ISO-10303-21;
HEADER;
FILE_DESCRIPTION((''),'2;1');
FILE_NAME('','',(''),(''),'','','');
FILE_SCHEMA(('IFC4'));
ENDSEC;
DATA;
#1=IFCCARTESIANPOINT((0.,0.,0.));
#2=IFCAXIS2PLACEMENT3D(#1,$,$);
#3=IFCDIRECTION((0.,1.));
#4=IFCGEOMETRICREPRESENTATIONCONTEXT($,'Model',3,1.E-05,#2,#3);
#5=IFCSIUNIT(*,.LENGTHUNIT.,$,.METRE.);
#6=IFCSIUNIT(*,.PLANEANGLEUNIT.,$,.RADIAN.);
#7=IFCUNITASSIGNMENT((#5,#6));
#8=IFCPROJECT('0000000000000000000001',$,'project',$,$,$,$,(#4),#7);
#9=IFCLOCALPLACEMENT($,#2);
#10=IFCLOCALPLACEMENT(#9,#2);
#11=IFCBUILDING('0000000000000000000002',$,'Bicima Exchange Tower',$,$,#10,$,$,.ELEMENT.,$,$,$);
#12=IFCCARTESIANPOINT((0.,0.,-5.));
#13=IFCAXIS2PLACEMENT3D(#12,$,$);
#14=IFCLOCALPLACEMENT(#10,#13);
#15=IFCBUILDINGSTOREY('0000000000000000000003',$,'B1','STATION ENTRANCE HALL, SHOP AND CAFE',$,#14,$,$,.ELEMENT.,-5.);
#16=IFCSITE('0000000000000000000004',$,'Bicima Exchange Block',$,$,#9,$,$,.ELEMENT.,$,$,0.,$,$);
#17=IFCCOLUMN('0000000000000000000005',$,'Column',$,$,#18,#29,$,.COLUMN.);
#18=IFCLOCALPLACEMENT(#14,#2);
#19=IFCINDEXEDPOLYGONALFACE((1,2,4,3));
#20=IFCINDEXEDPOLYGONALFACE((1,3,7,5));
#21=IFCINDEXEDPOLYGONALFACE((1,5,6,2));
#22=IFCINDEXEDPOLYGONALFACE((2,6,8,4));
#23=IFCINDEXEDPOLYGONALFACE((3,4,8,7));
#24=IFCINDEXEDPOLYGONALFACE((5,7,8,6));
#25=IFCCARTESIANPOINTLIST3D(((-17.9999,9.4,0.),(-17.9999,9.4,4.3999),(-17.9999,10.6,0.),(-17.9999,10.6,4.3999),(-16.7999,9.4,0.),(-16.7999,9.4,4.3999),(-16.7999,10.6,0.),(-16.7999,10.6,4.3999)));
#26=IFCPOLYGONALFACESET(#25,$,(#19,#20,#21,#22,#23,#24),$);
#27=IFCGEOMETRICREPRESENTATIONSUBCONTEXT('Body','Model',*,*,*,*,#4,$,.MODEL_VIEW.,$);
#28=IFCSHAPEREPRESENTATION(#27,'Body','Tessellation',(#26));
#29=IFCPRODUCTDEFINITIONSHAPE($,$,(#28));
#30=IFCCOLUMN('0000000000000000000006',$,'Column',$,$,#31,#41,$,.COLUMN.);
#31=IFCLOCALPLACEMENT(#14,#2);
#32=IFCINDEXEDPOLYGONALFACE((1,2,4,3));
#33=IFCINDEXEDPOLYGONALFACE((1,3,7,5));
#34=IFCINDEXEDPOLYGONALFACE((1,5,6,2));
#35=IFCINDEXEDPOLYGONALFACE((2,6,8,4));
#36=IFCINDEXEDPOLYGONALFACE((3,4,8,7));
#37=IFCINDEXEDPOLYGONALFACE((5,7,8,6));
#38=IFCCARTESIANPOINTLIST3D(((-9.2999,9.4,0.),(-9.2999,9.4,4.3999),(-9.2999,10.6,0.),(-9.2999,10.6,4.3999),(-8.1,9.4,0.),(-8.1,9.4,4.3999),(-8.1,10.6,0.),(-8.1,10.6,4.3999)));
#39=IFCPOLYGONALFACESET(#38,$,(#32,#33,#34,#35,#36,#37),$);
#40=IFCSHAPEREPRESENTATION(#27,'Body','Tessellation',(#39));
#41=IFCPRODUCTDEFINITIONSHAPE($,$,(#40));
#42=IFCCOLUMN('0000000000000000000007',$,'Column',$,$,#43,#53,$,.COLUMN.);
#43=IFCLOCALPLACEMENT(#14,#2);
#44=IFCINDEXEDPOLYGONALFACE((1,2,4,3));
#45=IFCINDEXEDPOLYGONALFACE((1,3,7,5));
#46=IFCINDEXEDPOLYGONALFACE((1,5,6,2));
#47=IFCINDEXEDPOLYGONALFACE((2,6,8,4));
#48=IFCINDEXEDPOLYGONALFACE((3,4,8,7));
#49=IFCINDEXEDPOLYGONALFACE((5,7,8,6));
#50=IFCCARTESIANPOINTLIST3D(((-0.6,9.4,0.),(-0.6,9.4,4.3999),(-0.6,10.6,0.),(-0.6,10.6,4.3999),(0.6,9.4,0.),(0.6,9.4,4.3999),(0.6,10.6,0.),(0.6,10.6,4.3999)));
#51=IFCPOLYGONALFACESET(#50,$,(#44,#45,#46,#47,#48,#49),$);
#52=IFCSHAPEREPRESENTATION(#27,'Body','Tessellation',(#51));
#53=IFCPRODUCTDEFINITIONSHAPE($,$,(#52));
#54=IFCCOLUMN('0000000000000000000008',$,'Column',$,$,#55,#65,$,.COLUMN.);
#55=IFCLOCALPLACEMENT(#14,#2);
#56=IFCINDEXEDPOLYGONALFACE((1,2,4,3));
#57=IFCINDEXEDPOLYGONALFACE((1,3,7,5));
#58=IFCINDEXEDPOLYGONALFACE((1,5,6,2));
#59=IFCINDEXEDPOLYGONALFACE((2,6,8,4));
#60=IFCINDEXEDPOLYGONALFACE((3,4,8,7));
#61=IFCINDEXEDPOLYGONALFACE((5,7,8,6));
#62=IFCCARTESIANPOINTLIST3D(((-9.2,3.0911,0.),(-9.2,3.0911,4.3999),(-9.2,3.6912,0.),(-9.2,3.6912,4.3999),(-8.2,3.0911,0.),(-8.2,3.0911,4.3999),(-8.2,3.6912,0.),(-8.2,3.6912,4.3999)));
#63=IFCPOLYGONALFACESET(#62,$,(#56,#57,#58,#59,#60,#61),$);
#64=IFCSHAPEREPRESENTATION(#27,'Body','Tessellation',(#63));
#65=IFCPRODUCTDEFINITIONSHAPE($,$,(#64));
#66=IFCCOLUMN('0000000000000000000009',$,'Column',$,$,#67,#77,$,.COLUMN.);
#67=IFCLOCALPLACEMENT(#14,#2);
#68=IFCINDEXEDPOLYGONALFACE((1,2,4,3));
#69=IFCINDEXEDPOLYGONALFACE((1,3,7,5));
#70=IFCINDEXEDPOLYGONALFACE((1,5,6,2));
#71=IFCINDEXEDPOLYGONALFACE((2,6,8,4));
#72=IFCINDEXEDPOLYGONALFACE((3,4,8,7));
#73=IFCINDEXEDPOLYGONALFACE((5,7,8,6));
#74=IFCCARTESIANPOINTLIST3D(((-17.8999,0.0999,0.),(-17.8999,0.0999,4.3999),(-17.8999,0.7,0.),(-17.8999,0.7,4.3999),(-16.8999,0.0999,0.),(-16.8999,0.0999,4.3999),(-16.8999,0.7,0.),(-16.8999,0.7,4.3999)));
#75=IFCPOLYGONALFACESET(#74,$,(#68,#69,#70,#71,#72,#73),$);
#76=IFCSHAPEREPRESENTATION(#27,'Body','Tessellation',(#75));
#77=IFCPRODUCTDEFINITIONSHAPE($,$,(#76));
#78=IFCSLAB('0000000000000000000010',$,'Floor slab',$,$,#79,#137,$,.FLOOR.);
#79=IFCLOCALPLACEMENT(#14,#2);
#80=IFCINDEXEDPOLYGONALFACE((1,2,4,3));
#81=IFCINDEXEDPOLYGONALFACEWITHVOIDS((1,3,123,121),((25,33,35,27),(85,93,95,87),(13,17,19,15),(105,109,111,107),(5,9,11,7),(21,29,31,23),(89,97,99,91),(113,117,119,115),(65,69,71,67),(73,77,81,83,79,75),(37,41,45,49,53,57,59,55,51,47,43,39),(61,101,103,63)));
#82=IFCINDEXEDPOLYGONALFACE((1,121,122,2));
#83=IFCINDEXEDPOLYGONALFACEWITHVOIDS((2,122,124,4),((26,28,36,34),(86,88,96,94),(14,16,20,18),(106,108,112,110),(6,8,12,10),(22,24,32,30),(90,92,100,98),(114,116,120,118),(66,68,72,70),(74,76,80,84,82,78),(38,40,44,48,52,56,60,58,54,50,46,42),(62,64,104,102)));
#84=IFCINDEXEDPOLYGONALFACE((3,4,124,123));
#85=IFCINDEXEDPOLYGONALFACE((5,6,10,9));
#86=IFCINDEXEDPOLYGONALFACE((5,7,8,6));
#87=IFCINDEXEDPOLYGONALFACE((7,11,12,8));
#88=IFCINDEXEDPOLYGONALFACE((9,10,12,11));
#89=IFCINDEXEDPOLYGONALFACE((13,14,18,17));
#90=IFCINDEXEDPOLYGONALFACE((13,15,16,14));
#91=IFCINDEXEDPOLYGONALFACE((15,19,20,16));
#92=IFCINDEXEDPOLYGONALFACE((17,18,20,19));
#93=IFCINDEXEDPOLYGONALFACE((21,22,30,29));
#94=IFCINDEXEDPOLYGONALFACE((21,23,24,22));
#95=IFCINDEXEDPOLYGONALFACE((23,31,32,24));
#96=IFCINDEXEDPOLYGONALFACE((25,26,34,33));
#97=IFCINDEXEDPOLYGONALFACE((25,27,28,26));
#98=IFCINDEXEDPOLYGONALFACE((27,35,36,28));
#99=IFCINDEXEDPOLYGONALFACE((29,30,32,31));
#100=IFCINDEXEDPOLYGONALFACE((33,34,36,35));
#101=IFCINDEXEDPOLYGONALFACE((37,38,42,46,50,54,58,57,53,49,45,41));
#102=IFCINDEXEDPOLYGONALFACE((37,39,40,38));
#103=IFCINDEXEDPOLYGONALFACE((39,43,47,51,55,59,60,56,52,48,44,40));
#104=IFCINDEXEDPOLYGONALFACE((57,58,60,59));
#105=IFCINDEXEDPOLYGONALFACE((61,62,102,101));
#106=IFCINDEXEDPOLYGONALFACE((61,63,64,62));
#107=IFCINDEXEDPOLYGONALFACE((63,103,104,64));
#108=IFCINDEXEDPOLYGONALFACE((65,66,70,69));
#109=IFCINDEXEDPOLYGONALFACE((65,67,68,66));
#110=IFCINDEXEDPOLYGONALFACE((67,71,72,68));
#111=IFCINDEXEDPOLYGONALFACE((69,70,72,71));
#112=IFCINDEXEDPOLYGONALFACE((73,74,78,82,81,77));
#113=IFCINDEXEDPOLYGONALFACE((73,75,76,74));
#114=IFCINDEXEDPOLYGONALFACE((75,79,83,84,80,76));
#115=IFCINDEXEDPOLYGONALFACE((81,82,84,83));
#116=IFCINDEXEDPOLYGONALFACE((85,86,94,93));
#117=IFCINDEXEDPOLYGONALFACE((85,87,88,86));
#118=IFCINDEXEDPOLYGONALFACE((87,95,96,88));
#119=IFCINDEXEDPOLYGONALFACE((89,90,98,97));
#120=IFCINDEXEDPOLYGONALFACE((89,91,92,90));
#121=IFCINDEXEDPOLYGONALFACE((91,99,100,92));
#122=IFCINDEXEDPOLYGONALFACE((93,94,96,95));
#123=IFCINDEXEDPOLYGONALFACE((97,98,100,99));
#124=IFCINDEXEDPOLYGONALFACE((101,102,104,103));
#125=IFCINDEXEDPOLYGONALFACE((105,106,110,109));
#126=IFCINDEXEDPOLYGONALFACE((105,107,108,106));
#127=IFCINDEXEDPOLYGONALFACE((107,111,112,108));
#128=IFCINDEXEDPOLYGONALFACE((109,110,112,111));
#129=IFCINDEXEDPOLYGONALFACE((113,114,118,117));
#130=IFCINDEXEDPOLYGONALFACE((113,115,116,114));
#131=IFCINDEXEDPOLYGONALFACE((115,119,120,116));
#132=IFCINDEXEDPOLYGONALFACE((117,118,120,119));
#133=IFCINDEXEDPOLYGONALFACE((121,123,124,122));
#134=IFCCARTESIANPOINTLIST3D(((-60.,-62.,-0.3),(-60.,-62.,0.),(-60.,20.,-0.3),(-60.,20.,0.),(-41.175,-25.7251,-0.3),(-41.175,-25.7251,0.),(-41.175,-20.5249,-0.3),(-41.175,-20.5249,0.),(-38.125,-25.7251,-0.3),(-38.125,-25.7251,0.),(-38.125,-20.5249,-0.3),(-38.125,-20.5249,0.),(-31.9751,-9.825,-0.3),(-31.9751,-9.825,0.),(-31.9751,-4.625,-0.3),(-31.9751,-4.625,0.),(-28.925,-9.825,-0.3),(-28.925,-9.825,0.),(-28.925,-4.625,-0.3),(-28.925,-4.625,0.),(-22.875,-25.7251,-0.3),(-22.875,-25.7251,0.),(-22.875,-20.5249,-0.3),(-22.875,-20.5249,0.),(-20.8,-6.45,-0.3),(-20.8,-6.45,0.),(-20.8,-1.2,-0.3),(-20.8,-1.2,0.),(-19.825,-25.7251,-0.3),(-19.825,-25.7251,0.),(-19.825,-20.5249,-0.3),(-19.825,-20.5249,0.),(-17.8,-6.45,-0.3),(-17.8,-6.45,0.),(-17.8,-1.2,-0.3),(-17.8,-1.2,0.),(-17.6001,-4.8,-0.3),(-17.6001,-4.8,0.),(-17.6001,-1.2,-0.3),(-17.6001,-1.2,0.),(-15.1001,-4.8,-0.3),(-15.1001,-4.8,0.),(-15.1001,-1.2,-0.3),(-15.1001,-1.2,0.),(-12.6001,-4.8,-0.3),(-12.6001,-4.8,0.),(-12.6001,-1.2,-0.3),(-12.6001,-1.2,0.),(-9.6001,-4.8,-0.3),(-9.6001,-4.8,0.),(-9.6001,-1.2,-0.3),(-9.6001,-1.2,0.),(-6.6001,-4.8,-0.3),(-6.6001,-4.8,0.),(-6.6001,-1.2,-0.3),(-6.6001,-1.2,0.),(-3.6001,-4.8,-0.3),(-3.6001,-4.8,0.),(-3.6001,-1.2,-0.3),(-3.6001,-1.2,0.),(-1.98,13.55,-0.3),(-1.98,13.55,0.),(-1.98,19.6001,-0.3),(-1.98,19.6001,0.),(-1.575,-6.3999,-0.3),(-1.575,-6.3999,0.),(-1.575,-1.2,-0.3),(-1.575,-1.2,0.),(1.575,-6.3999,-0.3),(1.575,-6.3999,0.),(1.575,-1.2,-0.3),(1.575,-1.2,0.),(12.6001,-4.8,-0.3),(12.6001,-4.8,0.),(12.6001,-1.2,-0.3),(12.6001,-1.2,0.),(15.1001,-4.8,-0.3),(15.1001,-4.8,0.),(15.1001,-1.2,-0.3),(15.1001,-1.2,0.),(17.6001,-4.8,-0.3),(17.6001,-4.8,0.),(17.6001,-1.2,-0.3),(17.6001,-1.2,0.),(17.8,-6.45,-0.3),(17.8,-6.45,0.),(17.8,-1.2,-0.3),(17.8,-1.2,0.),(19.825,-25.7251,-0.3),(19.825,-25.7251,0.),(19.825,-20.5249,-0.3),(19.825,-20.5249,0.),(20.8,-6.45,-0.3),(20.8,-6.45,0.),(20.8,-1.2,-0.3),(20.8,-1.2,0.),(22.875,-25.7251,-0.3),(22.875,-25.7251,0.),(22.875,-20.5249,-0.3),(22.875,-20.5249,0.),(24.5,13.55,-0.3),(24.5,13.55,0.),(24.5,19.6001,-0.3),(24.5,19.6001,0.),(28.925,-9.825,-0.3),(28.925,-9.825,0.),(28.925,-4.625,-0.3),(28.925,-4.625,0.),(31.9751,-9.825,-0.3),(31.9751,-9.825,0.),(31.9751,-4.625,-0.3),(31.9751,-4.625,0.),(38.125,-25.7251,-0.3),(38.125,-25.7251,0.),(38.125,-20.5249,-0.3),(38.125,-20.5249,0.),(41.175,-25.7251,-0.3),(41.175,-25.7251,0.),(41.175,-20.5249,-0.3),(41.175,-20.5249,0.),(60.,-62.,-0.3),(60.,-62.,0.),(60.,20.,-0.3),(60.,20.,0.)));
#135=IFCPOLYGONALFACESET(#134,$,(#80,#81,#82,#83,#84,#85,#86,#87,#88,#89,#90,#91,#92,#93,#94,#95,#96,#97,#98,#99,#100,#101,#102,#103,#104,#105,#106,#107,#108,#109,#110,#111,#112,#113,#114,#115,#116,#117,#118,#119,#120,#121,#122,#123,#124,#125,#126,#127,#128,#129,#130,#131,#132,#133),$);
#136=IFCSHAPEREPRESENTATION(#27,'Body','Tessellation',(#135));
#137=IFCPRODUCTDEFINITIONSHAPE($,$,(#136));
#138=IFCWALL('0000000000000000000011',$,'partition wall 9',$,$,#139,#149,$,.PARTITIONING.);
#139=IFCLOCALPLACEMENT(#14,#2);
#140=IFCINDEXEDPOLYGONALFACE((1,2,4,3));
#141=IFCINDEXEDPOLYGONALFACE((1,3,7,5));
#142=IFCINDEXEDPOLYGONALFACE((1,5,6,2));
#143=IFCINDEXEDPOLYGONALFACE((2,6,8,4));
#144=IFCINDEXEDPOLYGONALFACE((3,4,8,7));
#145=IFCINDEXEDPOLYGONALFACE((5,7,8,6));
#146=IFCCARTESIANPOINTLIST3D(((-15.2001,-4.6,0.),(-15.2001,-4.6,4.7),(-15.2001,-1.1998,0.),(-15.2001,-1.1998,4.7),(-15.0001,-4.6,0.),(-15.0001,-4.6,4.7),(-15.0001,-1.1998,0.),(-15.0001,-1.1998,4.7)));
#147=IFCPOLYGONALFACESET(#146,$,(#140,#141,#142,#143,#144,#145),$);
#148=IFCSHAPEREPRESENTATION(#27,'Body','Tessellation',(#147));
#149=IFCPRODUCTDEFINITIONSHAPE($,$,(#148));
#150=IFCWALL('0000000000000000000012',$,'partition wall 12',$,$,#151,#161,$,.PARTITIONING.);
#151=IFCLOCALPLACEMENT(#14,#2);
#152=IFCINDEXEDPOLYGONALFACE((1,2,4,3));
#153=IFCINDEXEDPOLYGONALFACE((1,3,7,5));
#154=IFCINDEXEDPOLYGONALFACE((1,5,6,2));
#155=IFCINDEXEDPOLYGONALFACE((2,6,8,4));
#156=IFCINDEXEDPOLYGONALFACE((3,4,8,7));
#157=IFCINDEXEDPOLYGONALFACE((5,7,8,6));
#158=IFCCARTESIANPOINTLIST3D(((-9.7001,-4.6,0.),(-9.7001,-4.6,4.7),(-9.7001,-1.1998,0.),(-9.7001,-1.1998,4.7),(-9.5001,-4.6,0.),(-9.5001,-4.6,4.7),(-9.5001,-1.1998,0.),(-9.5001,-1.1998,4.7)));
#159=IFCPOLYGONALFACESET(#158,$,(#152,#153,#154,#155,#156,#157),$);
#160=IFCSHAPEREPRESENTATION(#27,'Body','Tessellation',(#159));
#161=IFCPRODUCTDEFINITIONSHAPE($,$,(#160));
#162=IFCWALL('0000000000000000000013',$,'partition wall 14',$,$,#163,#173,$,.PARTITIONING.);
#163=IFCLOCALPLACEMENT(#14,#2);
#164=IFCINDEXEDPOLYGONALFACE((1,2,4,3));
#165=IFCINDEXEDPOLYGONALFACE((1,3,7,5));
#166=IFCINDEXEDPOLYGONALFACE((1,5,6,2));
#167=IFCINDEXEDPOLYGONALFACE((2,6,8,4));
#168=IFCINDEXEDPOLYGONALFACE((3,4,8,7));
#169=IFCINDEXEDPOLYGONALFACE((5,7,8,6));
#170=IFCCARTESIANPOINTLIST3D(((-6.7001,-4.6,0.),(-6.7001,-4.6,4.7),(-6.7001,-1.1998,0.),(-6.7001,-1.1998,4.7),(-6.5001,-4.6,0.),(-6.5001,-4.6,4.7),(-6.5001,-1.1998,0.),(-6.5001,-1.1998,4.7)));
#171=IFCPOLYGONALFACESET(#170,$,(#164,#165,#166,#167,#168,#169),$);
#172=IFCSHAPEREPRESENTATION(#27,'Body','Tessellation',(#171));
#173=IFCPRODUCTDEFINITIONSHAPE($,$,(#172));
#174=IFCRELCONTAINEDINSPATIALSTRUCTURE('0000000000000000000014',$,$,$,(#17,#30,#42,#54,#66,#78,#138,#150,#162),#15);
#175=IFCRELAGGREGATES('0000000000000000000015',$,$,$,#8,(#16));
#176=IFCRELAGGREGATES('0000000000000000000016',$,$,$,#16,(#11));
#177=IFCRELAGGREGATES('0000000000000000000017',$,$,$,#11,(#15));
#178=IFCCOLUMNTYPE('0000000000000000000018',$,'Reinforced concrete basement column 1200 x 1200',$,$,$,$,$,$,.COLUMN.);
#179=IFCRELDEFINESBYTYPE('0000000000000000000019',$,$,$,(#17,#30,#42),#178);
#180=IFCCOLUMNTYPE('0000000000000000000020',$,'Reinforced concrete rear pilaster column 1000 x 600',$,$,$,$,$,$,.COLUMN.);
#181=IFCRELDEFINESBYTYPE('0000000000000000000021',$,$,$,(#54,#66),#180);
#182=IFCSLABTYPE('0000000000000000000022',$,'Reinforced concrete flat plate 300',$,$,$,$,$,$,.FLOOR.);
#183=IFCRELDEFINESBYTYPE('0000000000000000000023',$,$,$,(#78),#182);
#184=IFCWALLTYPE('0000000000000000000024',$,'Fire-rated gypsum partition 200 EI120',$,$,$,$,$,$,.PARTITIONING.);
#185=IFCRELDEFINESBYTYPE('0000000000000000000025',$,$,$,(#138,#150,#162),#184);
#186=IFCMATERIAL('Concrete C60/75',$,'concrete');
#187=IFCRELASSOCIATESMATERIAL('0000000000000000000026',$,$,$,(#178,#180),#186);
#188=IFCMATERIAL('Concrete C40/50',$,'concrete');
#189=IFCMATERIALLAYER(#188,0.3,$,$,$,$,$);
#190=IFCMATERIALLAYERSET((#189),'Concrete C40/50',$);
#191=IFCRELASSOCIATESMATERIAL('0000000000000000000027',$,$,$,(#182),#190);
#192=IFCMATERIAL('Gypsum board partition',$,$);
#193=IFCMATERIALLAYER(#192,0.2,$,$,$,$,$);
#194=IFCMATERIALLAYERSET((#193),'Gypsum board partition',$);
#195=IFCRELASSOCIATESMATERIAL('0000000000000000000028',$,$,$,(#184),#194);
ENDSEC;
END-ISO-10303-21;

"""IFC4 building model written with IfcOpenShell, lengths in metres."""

from ifc_helpers import new_model, si_unit, direction, frame, frame_2d, origin, origin_2d, place, context, subcontext, project, spatial, polyline, rectangle, outline, extrude, material, layer, layer_set, material_profile, profile_set, type_object, element, save


model = new_model("IFC4")

# Units and contexts
model_context = context("Model", 3, precision=1e-05, world=origin(), true_north=direction((0.0, 1.0)))
body_context = subcontext(model_context, "Body", "Model", "MODEL_VIEW")
ifc_project = project(units=[si_unit("LENGTHUNIT", "METRE"), si_unit("PLANEANGLEUNIT", "RADIAN")], contexts=[model_context])

# Site, building, storey
site_placement = place(None, origin())
site = spatial("IfcSite", under=ifc_project, at=site_placement, Name="Bicima Exchange Block", CompositionType="ELEMENT", RefElevation=0.0)
building_placement = place(site_placement, origin())
building = spatial("IfcBuilding", under=site, at=building_placement, Name="Bicima Exchange Tower", CompositionType="ELEMENT")
storey_placement = place(building_placement, frame((0.0, 0.0, -5.0)))
storey = spatial("IfcBuildingStorey", under=building, at=storey_placement, Name="B1", Description="STATION ENTRANCE HALL, SHOP AND CAFE", CompositionType="ELEMENT", Elevation=-5.0)

# Columns
ifc_material_1 = material(Name="Concrete C60/75", Category="concrete")
ifc_material_profile_1 = material_profile(ifc_material_1, rectangle(XDim=1.2, YDim=1.2, at=origin_2d()))
ifc_profile_set_1 = profile_set([ifc_material_profile_1], Name="Concrete C60/75")
column_type_1 = type_object("IfcColumnType", Name="Reinforced concrete basement column 1200 x 1200", PredefinedType="COLUMN", material=ifc_profile_set_1)
for number, where, z_axis, x_axis, name in (
    (1, (-17.3999, 10.0, 0.0), (0.0, 0.0, 1.0), (1.0, 0.0, 0.0), "Column"),
    (2, (-8.7, 10.0, 0.0), (0.0, 0.0, 1.0), (1.0, 0.0, 0.0), "Column"),
    (3, (0.0, 10.0, 0.0), (0.0, 0.0, 1.0), (1.0, 0.0, 0.0), "Column"),
):
    element("IfcColumn", number, at=place(storey_placement, frame(where, z_axis=z_axis, x_axis=x_axis)), inside=storey, type_object=column_type_1, Name=name, PredefinedType="COLUMN", context=body_context, shape_type="SweptSolid", body=[
        extrude(rectangle(XDim=1.2, YDim=1.2, at=origin_2d()), origin(), (0.0, 0.0, 1.0), 4.3999),
    ])
ifc_material_profile_2 = material_profile(ifc_material_1, rectangle(XDim=1.0, YDim=0.6001, at=origin_2d()))
ifc_profile_set_2 = profile_set([ifc_material_profile_2], Name="Concrete C60/75")
column_type_2 = type_object("IfcColumnType", Name="Reinforced concrete rear pilaster column 1000 x 600", PredefinedType="COLUMN", material=ifc_profile_set_2)
for number, where, z_axis, x_axis, name in (
    (4, (-8.7, 3.3911, 0.0), (0.0, 0.0, 1.0), (1.0, 0.0, 0.0), "Column"),
    (5, (-17.3999, 0.3999, 0.0), (0.0, 0.0, 1.0), (1.0, 0.0, 0.0), "Column"),
):
    element("IfcColumn", number, at=place(storey_placement, frame(where, z_axis=z_axis, x_axis=x_axis)), inside=storey, type_object=column_type_2, Name=name, PredefinedType="COLUMN", context=body_context, shape_type="SweptSolid", body=[
        extrude(rectangle(XDim=1.0, YDim=0.6001, at=origin_2d()), origin(), (0.0, 0.0, 1.0), 4.3999),
    ])

# Slab
ifc_material_2 = material(Name="Concrete C40/50", Category="concrete")
ifc_layer_1 = layer(ifc_material_2, 0.3)
ifc_layer_set_1 = layer_set([ifc_layer_1], Name="Concrete C40/50")
slab_type = type_object("IfcSlabType", Name="Reinforced concrete flat plate 300", PredefinedType="FLOOR", material=ifc_layer_set_1)
slab_placement = place(storey_placement, frame((0.0, 0.0, -0.3)))
element("IfcSlab", 6, at=slab_placement, inside=storey, type_object=slab_type, Name="Floor slab", PredefinedType="FLOOR", context=body_context, shape_type="SweptSolid", body=[
    extrude(outline(polyline([(-60.0, 20.0), (60.0, 20.0), (60.0, -62.0), (-60.0, -62.0), (-60.0, 20.0)]), holes=[polyline([(-41.175, -25.7251), (-38.125, -25.7251), (-38.125, -20.5249), (-41.175, -20.5249), (-41.175, -25.7251)]), polyline([(-22.875, -25.7251), (-19.825, -25.7251), (-19.825, -20.5249), (-22.875, -20.5249), (-22.875, -25.7251)]), polyline([(-31.9751, -9.825), (-28.925, -9.825), (-28.925, -4.625), (-31.9751, -4.625), (-31.9751, -9.825)]), polyline([(-20.8, -6.45), (-17.8, -6.45), (-17.8, -1.2), (-20.8, -1.2), (-20.8, -6.45)]), polyline([(-9.6001, -1.2), (-12.6001, -1.2), (-15.1001, -1.2), (-17.6001, -1.2), (-17.6001, -4.8), (-15.1001, -4.8), (-12.6001, -4.8), (-9.6001, -4.8), (-6.6001, -4.8), (-3.6001, -4.8), (-3.6001, -1.2), (-6.6001, -1.2), (-9.6001, -1.2)]), polyline([(19.825, -25.7251), (22.875, -25.7251), (22.875, -20.5249), (19.825, -20.5249), (19.825, -25.7251)]), polyline([(38.125, -25.7251), (41.175, -25.7251), (41.175, -20.5249), (38.125, -20.5249), (38.125, -25.7251)]), polyline([(28.925, -9.825), (31.9751, -9.825), (31.9751, -4.625), (28.925, -4.625), (28.925, -9.825)]), polyline([(17.8, -6.45), (20.8, -6.45), (20.8, -1.2), (17.8, -1.2), (17.8, -6.45)]), polyline([(-1.575, -6.3999), (1.575, -6.3999), (1.575, -1.2), (-1.575, -1.2), (-1.575, -6.3999)]), polyline([(12.6001, -1.2), (12.6001, -4.8), (15.1001, -4.8), (17.6001, -4.8), (17.6001, -1.2), (15.1001, -1.2), (12.6001, -1.2)]), polyline([(24.5, 13.55), (24.5, 19.6001), (-1.98, 19.6001), (-1.98, 13.55), (24.5, 13.55)])]), origin(), (0.0, 0.0, 1.0), 0.3),
])

# Walls
ifc_material_3 = material(Name="Gypsum board partition")
ifc_layer_2 = layer(ifc_material_3, 0.2)
ifc_layer_set_2 = layer_set([ifc_layer_2], Name="Gypsum board partition")
wall_type_1 = type_object("IfcWallType", Name="Fire-rated gypsum partition 200 EI120", PredefinedType="PARTITIONING", material=ifc_layer_set_2)
for number, where, z_axis, x_axis, name in (
    (7, (-15.1001, -4.6001, 0.0), (0.0, 0.0, 1.0), (0.0, 1.0, 0.0), "partition wall 9"),
    (8, (-9.6001, -4.6001, 0.0), (0.0, 0.0, 1.0), (0.0, 1.0, 0.0), "partition wall 12"),
    (9, (-6.6001, -4.6001, 0.0), (0.0, 0.0, 1.0), (0.0, 1.0, 0.0), "partition wall 14"),
):
    element("IfcWall", number, at=place(storey_placement, frame(where, z_axis=z_axis, x_axis=x_axis)), inside=storey, type_object=wall_type_1, Name=name, PredefinedType="PARTITIONING", context=body_context, shape_type="SweptSolid", body=[
        extrude(rectangle(XDim=3.4001, YDim=0.2, at=frame_2d((1.7002, 0.0))), origin(), (0.0, 0.0, 1.0), 4.7),
    ])

save(model, "model.ifc")
